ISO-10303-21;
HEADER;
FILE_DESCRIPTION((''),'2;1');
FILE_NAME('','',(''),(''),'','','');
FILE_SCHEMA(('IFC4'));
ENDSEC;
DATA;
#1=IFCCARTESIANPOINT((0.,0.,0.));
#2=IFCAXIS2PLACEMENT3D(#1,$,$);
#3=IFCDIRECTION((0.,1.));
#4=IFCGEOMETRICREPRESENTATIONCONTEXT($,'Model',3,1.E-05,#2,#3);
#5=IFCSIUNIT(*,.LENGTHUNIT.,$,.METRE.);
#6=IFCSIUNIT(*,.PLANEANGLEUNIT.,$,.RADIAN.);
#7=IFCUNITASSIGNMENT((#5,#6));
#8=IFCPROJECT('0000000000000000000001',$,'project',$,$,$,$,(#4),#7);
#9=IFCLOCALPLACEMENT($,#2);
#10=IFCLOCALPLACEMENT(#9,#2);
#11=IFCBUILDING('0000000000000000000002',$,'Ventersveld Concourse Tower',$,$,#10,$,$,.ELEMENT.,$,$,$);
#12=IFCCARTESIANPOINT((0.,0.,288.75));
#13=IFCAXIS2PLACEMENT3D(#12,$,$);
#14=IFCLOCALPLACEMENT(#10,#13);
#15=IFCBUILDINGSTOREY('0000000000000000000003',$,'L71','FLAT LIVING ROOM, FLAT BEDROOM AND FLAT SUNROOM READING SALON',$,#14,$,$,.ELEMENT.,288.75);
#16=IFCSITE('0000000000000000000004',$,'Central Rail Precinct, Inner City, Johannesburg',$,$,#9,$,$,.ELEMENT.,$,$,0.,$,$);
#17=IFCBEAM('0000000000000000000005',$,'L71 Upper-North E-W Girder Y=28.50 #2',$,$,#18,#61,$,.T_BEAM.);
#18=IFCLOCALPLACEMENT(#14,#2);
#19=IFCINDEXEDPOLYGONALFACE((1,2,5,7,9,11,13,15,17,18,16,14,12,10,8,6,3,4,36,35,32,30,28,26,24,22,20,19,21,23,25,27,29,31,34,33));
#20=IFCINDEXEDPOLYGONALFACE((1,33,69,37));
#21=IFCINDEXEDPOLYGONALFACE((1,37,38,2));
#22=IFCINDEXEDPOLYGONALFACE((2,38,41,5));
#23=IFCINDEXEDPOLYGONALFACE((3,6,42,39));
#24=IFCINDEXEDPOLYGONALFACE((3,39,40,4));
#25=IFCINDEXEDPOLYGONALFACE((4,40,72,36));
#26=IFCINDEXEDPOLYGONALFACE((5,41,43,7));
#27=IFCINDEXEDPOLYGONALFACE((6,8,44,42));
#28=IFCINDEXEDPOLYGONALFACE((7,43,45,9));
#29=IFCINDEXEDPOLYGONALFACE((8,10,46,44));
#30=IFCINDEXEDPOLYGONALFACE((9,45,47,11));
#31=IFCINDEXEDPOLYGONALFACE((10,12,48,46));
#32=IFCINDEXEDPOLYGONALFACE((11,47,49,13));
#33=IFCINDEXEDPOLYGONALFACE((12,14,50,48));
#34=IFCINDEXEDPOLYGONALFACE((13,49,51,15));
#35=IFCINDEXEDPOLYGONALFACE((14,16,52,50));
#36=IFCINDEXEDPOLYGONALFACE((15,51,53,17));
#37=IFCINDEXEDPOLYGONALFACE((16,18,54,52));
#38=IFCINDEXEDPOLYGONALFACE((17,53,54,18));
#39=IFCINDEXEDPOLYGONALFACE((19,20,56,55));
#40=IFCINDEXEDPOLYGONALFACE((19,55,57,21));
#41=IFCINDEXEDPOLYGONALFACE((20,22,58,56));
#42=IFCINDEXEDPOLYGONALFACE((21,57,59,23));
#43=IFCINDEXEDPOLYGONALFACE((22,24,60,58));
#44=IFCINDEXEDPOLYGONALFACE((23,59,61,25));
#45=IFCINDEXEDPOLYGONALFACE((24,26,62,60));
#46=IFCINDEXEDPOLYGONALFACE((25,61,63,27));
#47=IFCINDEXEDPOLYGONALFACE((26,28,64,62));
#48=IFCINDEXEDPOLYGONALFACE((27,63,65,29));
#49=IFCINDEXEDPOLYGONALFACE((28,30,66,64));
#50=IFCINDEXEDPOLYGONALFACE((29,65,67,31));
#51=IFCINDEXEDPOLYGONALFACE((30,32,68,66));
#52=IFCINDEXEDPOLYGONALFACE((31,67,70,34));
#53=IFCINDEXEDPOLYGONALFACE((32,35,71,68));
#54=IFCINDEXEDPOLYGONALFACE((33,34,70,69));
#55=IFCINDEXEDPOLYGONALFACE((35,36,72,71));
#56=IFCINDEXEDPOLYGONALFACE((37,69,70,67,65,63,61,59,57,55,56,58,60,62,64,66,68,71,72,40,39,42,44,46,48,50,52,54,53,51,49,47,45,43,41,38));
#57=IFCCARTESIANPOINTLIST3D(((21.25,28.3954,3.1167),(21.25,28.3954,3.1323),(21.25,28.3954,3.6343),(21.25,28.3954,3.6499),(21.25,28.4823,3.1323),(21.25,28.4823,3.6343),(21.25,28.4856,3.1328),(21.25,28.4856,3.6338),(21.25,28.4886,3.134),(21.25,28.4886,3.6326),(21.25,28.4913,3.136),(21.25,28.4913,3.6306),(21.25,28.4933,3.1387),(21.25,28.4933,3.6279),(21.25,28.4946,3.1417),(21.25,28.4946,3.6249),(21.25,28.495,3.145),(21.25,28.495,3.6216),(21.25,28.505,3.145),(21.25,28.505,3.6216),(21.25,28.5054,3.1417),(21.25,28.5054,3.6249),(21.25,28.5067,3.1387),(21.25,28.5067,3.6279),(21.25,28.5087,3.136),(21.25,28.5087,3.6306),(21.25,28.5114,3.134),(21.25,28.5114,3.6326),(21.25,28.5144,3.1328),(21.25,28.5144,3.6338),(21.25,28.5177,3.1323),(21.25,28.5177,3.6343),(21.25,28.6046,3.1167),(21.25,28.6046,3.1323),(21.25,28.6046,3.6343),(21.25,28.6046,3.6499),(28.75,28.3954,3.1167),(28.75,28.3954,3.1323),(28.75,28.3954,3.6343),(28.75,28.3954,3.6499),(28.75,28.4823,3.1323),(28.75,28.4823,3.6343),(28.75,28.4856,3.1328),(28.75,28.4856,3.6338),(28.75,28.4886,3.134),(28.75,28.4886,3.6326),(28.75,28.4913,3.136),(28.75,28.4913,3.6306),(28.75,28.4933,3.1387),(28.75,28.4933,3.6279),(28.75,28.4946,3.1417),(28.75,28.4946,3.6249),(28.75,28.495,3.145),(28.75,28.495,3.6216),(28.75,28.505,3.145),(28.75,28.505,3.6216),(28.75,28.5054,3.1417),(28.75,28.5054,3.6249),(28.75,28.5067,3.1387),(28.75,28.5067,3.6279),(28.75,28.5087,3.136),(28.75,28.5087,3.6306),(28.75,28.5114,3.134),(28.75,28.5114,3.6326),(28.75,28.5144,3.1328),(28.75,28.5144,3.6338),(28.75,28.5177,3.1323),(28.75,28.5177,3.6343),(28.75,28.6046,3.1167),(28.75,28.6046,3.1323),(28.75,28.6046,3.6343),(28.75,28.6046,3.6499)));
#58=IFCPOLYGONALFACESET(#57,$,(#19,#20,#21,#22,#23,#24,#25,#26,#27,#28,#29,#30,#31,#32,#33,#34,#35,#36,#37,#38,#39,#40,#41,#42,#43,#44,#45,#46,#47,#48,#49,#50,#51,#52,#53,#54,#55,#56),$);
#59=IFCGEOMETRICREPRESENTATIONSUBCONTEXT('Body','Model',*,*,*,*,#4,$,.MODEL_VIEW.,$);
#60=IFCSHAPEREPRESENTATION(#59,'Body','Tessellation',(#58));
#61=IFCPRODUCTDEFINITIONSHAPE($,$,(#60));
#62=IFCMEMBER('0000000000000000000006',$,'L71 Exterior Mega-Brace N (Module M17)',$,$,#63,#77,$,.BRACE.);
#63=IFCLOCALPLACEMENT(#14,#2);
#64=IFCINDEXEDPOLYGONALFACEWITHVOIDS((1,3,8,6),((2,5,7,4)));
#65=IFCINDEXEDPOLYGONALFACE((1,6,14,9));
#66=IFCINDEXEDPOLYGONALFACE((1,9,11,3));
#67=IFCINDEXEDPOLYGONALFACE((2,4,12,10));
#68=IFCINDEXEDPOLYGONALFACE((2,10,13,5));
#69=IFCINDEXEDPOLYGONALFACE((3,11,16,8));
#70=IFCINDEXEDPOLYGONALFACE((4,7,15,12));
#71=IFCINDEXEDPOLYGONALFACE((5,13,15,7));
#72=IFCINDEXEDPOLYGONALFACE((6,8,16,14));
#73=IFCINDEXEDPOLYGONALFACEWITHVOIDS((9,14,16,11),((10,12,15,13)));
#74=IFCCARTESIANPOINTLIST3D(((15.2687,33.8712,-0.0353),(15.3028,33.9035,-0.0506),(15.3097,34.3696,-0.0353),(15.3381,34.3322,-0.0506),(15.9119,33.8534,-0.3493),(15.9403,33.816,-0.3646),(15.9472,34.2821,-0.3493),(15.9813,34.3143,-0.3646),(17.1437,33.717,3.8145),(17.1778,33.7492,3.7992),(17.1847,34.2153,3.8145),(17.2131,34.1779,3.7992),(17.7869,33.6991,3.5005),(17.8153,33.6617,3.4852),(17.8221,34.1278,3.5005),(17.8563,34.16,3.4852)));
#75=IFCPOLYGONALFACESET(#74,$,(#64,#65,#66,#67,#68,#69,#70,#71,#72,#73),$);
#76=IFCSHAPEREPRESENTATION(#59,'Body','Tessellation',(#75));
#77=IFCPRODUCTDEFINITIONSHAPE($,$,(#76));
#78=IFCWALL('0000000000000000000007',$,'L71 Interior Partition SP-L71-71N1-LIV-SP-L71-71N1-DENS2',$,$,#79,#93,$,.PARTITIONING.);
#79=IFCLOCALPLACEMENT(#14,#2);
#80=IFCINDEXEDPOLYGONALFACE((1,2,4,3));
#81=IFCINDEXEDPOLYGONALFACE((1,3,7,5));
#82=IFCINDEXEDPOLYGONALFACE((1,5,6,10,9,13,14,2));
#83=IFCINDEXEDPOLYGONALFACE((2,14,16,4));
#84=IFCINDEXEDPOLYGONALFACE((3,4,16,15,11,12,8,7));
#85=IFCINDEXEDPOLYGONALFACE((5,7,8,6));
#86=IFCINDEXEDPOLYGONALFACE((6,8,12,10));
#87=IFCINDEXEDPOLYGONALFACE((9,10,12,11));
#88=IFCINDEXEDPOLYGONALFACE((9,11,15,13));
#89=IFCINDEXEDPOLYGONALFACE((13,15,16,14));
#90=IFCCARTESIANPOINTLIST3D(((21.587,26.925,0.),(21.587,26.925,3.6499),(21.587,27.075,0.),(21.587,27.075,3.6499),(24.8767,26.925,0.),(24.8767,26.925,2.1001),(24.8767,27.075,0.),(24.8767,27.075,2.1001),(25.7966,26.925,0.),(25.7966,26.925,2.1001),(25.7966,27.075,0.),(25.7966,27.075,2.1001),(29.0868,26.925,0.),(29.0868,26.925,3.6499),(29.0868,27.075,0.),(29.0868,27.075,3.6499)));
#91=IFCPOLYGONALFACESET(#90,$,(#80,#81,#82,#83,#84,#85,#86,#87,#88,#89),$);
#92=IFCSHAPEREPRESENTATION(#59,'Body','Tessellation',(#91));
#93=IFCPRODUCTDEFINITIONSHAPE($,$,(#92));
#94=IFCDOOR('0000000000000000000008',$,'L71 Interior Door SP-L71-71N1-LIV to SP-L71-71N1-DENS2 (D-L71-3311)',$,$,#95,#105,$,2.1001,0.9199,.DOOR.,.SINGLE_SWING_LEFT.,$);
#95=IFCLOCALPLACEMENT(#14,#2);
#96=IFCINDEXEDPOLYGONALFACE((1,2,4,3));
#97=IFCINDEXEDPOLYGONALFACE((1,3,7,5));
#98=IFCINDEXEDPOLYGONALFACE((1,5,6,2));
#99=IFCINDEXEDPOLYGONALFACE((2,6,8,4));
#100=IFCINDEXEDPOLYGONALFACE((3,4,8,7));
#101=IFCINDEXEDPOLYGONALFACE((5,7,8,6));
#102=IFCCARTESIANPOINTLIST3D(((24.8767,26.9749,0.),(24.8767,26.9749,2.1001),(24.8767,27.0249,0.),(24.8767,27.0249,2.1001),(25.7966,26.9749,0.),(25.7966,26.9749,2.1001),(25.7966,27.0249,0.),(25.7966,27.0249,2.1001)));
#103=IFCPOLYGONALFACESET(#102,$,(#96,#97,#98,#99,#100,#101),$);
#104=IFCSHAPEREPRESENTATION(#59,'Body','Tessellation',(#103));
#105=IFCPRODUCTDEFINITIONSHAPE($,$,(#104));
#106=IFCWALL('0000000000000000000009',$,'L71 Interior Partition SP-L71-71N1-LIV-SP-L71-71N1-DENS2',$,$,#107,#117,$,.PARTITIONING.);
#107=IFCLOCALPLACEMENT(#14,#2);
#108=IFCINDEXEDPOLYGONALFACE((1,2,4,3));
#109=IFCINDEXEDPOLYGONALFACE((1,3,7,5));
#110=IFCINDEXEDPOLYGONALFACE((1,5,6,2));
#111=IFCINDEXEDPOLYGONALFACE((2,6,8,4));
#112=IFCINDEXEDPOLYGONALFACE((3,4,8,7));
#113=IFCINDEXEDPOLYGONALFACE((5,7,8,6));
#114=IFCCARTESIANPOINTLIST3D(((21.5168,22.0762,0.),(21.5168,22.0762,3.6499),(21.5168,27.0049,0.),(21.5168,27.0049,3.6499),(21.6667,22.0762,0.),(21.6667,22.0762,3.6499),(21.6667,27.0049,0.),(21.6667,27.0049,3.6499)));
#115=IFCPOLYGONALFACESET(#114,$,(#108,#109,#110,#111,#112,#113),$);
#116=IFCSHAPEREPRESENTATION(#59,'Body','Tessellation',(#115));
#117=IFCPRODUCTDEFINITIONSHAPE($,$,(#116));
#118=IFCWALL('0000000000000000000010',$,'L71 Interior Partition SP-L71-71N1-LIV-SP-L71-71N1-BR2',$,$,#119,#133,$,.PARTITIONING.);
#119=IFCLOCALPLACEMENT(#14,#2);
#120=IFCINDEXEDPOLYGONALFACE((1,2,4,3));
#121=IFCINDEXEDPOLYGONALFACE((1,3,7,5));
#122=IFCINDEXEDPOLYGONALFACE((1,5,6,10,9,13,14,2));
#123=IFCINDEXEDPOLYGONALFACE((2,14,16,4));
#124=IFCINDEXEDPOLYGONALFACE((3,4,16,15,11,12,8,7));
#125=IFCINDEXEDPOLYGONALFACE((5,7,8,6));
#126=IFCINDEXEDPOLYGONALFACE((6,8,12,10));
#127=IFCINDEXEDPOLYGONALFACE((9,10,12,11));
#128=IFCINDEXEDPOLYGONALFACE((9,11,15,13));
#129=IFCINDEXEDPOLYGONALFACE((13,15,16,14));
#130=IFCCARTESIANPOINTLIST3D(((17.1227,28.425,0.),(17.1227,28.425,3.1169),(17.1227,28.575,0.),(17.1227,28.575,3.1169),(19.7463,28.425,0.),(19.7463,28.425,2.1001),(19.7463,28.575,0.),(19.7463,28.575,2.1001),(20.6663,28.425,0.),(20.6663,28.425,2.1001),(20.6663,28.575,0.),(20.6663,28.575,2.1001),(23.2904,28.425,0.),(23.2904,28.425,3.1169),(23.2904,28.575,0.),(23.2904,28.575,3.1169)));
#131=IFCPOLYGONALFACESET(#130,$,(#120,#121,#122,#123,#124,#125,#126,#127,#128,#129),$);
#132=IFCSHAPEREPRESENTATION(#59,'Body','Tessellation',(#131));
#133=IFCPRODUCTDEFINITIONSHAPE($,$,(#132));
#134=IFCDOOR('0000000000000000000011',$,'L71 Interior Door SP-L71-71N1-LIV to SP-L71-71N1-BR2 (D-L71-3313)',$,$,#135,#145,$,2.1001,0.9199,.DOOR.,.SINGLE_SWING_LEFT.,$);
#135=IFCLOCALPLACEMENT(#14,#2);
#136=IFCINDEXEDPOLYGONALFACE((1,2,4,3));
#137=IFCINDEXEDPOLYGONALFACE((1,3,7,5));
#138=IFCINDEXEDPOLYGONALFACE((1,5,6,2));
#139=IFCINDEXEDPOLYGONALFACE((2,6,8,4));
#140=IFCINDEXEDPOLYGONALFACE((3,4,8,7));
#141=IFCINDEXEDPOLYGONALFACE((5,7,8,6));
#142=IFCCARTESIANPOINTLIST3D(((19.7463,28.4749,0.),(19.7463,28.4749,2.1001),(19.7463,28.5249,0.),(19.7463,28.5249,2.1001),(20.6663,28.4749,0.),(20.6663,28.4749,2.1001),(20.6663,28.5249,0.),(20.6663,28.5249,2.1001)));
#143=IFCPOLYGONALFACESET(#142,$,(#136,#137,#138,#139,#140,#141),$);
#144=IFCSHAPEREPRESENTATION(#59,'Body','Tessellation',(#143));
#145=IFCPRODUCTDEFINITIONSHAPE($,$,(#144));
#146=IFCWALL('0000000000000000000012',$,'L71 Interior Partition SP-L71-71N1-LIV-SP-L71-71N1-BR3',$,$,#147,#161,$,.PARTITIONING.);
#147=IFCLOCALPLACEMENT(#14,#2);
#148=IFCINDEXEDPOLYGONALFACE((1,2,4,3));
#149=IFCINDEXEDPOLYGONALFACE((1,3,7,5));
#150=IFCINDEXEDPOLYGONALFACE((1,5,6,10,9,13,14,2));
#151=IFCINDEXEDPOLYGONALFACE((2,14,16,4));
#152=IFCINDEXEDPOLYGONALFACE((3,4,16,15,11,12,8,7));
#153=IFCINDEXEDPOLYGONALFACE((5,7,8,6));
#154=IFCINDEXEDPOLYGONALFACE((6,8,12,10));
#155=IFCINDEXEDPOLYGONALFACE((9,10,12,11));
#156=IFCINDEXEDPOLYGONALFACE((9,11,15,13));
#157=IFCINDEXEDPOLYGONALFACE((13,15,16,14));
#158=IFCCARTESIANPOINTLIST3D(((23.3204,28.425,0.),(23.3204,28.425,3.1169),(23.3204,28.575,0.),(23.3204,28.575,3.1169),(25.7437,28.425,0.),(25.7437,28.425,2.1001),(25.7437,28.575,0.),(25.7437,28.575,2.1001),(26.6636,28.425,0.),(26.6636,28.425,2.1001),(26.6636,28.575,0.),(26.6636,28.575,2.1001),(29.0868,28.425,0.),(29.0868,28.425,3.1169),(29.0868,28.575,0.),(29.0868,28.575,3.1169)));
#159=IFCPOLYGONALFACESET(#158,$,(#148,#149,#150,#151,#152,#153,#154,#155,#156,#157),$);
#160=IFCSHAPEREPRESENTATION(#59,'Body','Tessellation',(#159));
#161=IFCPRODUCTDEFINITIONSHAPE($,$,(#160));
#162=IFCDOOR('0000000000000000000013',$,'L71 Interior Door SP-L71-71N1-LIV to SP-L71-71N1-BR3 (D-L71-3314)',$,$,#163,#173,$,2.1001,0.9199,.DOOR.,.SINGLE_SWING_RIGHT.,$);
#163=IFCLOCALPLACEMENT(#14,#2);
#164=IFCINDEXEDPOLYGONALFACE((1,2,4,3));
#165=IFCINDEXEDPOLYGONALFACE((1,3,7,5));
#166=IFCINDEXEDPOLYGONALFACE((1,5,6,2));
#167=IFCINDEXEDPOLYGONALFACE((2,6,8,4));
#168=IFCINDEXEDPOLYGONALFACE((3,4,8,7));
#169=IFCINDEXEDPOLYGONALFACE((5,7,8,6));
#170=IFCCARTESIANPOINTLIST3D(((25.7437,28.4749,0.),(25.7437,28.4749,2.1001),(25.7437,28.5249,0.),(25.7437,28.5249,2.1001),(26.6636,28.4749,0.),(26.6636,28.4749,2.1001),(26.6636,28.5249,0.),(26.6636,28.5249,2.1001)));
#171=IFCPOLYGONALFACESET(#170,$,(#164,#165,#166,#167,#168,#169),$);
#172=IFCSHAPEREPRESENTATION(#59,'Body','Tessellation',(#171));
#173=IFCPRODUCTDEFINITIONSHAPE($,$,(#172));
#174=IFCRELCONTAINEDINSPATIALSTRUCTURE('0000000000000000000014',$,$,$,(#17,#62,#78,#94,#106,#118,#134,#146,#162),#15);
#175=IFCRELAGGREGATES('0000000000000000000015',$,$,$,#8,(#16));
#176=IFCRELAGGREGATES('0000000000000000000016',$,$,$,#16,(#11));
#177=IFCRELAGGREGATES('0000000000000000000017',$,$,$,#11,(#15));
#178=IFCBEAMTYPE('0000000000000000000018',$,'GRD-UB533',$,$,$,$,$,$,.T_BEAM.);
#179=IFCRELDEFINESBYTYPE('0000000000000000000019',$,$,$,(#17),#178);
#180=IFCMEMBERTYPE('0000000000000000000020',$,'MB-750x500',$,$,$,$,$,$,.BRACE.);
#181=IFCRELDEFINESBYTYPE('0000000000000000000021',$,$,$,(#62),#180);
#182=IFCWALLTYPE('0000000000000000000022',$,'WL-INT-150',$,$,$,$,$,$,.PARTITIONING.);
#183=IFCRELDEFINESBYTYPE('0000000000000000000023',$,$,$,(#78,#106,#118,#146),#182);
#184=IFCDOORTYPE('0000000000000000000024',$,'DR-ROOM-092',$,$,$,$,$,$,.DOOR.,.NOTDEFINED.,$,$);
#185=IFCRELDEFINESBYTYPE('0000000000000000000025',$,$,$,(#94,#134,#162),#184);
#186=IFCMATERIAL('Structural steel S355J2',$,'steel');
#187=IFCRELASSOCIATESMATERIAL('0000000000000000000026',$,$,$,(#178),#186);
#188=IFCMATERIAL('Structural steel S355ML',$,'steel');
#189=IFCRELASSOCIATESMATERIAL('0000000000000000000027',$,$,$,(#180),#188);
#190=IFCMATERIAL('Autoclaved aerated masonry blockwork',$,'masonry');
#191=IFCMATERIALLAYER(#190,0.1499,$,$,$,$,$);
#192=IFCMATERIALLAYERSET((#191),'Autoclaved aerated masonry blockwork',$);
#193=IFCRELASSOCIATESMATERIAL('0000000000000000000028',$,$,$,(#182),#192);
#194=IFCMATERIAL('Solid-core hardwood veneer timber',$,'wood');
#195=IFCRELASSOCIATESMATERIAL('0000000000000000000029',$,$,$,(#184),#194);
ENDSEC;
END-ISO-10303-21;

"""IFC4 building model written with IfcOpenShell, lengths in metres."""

from ifc_helpers import new_model, si_unit, direction, frame, frame_2d, origin, origin_2d, place, context, subcontext, project, spatial, rectangle, hollow_rectangle, i_section, extrude, material, layer, layer_set, material_profile, profile_set, type_object, element, fill, save


model = new_model("IFC4")

# Units and contexts
model_context = context("Model", 3, precision=1e-05, world=origin(), true_north=direction((0.0, 1.0)))
body_context = subcontext(model_context, "Body", "Model", "MODEL_VIEW")
ifc_project = project(units=[si_unit("LENGTHUNIT", "METRE"), si_unit("PLANEANGLEUNIT", "RADIAN")], contexts=[model_context])

# Site, building, storey
site_placement = place(None, origin())
site = spatial("IfcSite", under=ifc_project, at=site_placement, Name="Central Rail Precinct, Inner City, Johannesburg", CompositionType="ELEMENT", RefElevation=0.0)
building_placement = place(site_placement, origin())
building = spatial("IfcBuilding", under=site, at=building_placement, Name="Ventersveld Concourse Tower", CompositionType="ELEMENT")
storey_placement = place(building_placement, frame((0.0, 0.0, 288.75)))
storey = spatial("IfcBuildingStorey", under=building, at=storey_placement, Name="L71", Description="FLAT LIVING ROOM, FLAT BEDROOM AND FLAT SUNROOM READING SALON", CompositionType="ELEMENT", Elevation=288.75)

# Beam
ifc_material_1 = material(Name="Structural steel S355J2", Category="steel")
ifc_material_profile_1 = material_profile(ifc_material_1, i_section(OverallWidth=0.2092, OverallDepth=0.5332, WebThickness=0.01, FlangeThickness=0.0156, FilletRadius=0.0127, at=origin_2d()), Name="UB 533x210x92")
ifc_profile_set_1 = profile_set([ifc_material_profile_1], Name="Structural steel S355J2")
beam_type_1 = type_object("IfcBeamType", Name="GRD-UB533", PredefinedType="T_BEAM", material=ifc_profile_set_1)
for number, where, z_axis, x_axis, name in (
    (1, (21.25, 28.5, 3.3833), (1.0, 0.0, 0.0), (0.0, 1.0, 0.0), "L71 Upper-North E-W Girder Y=28.50 #2"),
):
    element("IfcBeam", number, at=place(storey_placement, frame(where, z_axis=z_axis, x_axis=x_axis)), inside=storey, type_object=beam_type_1, Name=name, PredefinedType="T_BEAM", context=body_context, shape_type="SweptSolid", body=[
        extrude(i_section(OverallWidth=0.2092, OverallDepth=0.5332, WebThickness=0.01, FlangeThickness=0.0156, FilletRadius=0.0127, at=origin_2d()), origin(), (0.0, 0.0, 1.0), 7.5),
    ])

# Member
ifc_material_2 = material(Name="Structural steel S355ML", Category="steel")
ifc_material_profile_2 = material_profile(ifc_material_2, hollow_rectangle(XDim=0.5, YDim=0.75, WallThickness=0.0349, at=origin_2d()), Name="BOX 750x500x35")
ifc_profile_set_2 = profile_set([ifc_material_profile_2], Name="Structural steel S355ML")
member_type = type_object("IfcMemberType", Name="MB-750x500", PredefinedType="BRACE", material=ifc_profile_set_2)
member_placement = place(storey_placement, frame((15.625, 34.0928, -0.2), z_axis=(0.437578, -0.036009, 0.898459), x_axis=(0.082014, 0.996631, 0.0)))
element("IfcMember", 2, at=member_placement, inside=storey, type_object=member_type, Name="L71 Exterior Mega-Brace N (Module M17)", PredefinedType="BRACE", context=body_context, shape_type="SweptSolid", body=[
    extrude(hollow_rectangle(XDim=0.5, YDim=0.75, WallThickness=0.0349, at=origin_2d()), origin(), (0.0, 0.0, 1.0), 4.2849),
])

# Wall, opening, door
ifc_material_3 = material(Name="Autoclaved aerated masonry blockwork", Category="masonry")
ifc_layer = layer(ifc_material_3, 0.1499)
ifc_layer_set = layer_set([ifc_layer], Name="Autoclaved aerated masonry blockwork")
wall_type = type_object("IfcWallType", Name="WL-INT-150", PredefinedType="PARTITIONING", material=ifc_layer_set)
wall_1_placement = place(storey_placement, frame((21.5869, 27.0, 0.0), z_axis=(0.0, 0.0, 1.0), x_axis=(1.0, 0.0, 0.0)))
wall_1 = element("IfcWall", 3, at=wall_1_placement, inside=storey, type_object=wall_type, Name="L71 Interior Partition SP-L71-71N1-LIV-SP-L71-71N1-DENS2", PredefinedType="PARTITIONING", context=body_context, shape_type="SweptSolid", body=[
    extrude(rectangle(XDim=7.4998, YDim=0.1499, at=frame_2d((3.75, 0.0))), origin(), (0.0, 0.0, 1.0), 3.6499),
])
opening_1_placement = place(wall_1_placement, frame((3.2898, 0.0, 0.0)))
opening_1 = element("IfcOpeningElement", 4, at=opening_1_placement, cuts=wall_1, PredefinedType="OPENING", context=body_context, shape_type="SweptSolid", body=[
    extrude(rectangle(XDim=0.9199, YDim=2.1001, at=frame_2d((0.46, 1.05))), frame((0.0, 0.085, 0.0), z_axis=(0.0, -1.0, 0.0), x_axis=(1.0, 0.0, 0.0)), (0.0, 0.0, 1.0), 0.1699),
])
ifc_material_4 = material(Name="Solid-core hardwood veneer timber", Category="wood")
door_type = type_object("IfcDoorType", Name="DR-ROOM-092", OperationType="NOTDEFINED", PredefinedType="DOOR", material=ifc_material_4)
door_1_placement = place(opening_1_placement, origin())
door_1 = element("IfcDoor", 5, at=door_1_placement, inside=storey, type_object=door_type, Name="L71 Interior Door SP-L71-71N1-LIV to SP-L71-71N1-DENS2 (D-L71-3311)", OperationType="SINGLE_SWING_LEFT", OverallHeight=2.1001, OverallWidth=0.9199, PredefinedType="DOOR", context=body_context, shape_type="SweptSolid", body=[
    extrude(rectangle(XDim=0.9199, YDim=2.1001, at=frame_2d((0.46, 1.05))), frame((0.0, 0.0249, 0.0), z_axis=(0.0, -1.0, 0.0), x_axis=(1.0, 0.0, 0.0)), (0.0, 0.0, 1.0), 0.05),
])
fill(opening_1, door_1)

# Wall
wall_2_placement = place(storey_placement, frame((21.5918, 22.0762, 0.0), z_axis=(0.0, 0.0, 1.0), x_axis=(0.0, 1.0, 0.0)))
element("IfcWall", 6, at=wall_2_placement, inside=storey, type_object=wall_type, Name="L71 Interior Partition SP-L71-71N1-LIV-SP-L71-71N1-DENS2", PredefinedType="PARTITIONING", context=body_context, shape_type="SweptSolid", body=[
    extrude(rectangle(XDim=4.9287, YDim=0.1499, at=frame_2d((2.4644, 0.0))), origin(), (0.0, 0.0, 1.0), 3.6499),
])

# Walls, openings, doors
wall_3_placement = place(storey_placement, frame((17.1226, 28.5, 0.0), z_axis=(0.0, 0.0, 1.0), x_axis=(1.0, 0.0, 0.0)))
wall_3 = element("IfcWall", 7, at=wall_3_placement, inside=storey, type_object=wall_type, Name="L71 Interior Partition SP-L71-71N1-LIV-SP-L71-71N1-BR2", PredefinedType="PARTITIONING", context=body_context, shape_type="SweptSolid", body=[
    extrude(rectangle(XDim=6.1677, YDim=0.1499, at=frame_2d((3.084, 0.0))), origin(), (0.0, 0.0, 1.0), 3.1169),
])
opening_2_placement = place(wall_3_placement, frame((2.6238, 0.0, 0.0)))
opening_2 = element("IfcOpeningElement", 8, at=opening_2_placement, cuts=wall_3, PredefinedType="OPENING", context=body_context, shape_type="SweptSolid", body=[
    extrude(rectangle(XDim=0.9199, YDim=2.1001, at=frame_2d((0.46, 1.05))), frame((0.0, 0.085, 0.0), z_axis=(0.0, -1.0, 0.0), x_axis=(1.0, 0.0, 0.0)), (0.0, 0.0, 1.0), 0.1699),
])
door_2_placement = place(opening_2_placement, origin())
door_2 = element("IfcDoor", 9, at=door_2_placement, inside=storey, type_object=door_type, Name="L71 Interior Door SP-L71-71N1-LIV to SP-L71-71N1-BR2 (D-L71-3313)", OperationType="SINGLE_SWING_LEFT", OverallHeight=2.1001, OverallWidth=0.9199, PredefinedType="DOOR", context=body_context, shape_type="SweptSolid", body=[
    extrude(rectangle(XDim=0.9199, YDim=2.1001, at=frame_2d((0.46, 1.05))), frame((0.0, 0.0249, 0.0), z_axis=(0.0, -1.0, 0.0), x_axis=(1.0, 0.0, 0.0)), (0.0, 0.0, 1.0), 0.05),
])
fill(opening_2, door_2)
wall_4_placement = place(storey_placement, frame((23.3203, 28.5, 0.0), z_axis=(0.0, 0.0, 1.0), x_axis=(1.0, 0.0, 0.0)))
wall_4 = element("IfcWall", 10, at=wall_4_placement, inside=storey, type_object=wall_type, Name="L71 Interior Partition SP-L71-71N1-LIV-SP-L71-71N1-BR3", PredefinedType="PARTITIONING", context=body_context, shape_type="SweptSolid", body=[
    extrude(rectangle(XDim=5.7664, YDim=0.1499, at=frame_2d((2.8833, 0.0))), origin(), (0.0, 0.0, 1.0), 3.1169),
])
opening_3_placement = place(wall_4_placement, frame((2.4233, 0.0, 0.0)))
opening_3 = element("IfcOpeningElement", 11, at=opening_3_placement, cuts=wall_4, PredefinedType="OPENING", context=body_context, shape_type="SweptSolid", body=[
    extrude(rectangle(XDim=0.9199, YDim=2.1001, at=frame_2d((0.46, 1.05))), frame((0.0, 0.085, 0.0), z_axis=(0.0, -1.0, 0.0), x_axis=(1.0, 0.0, 0.0)), (0.0, 0.0, 1.0), 0.1699),
])
door_3_placement = place(opening_3_placement, origin())
door_3 = element("IfcDoor", 12, at=door_3_placement, inside=storey, type_object=door_type, Name="L71 Interior Door SP-L71-71N1-LIV to SP-L71-71N1-BR3 (D-L71-3314)", OperationType="SINGLE_SWING_RIGHT", OverallHeight=2.1001, OverallWidth=0.9199, PredefinedType="DOOR", context=body_context, shape_type="SweptSolid", body=[
    extrude(rectangle(XDim=0.9199, YDim=2.1001, at=frame_2d((0.46, 1.05))), frame((0.0, 0.0249, 0.0), z_axis=(0.0, -1.0, 0.0), x_axis=(1.0, 0.0, 0.0)), (0.0, 0.0, 1.0), 0.05),
])
fill(opening_3, door_3)

save(model, "model.ifc")
